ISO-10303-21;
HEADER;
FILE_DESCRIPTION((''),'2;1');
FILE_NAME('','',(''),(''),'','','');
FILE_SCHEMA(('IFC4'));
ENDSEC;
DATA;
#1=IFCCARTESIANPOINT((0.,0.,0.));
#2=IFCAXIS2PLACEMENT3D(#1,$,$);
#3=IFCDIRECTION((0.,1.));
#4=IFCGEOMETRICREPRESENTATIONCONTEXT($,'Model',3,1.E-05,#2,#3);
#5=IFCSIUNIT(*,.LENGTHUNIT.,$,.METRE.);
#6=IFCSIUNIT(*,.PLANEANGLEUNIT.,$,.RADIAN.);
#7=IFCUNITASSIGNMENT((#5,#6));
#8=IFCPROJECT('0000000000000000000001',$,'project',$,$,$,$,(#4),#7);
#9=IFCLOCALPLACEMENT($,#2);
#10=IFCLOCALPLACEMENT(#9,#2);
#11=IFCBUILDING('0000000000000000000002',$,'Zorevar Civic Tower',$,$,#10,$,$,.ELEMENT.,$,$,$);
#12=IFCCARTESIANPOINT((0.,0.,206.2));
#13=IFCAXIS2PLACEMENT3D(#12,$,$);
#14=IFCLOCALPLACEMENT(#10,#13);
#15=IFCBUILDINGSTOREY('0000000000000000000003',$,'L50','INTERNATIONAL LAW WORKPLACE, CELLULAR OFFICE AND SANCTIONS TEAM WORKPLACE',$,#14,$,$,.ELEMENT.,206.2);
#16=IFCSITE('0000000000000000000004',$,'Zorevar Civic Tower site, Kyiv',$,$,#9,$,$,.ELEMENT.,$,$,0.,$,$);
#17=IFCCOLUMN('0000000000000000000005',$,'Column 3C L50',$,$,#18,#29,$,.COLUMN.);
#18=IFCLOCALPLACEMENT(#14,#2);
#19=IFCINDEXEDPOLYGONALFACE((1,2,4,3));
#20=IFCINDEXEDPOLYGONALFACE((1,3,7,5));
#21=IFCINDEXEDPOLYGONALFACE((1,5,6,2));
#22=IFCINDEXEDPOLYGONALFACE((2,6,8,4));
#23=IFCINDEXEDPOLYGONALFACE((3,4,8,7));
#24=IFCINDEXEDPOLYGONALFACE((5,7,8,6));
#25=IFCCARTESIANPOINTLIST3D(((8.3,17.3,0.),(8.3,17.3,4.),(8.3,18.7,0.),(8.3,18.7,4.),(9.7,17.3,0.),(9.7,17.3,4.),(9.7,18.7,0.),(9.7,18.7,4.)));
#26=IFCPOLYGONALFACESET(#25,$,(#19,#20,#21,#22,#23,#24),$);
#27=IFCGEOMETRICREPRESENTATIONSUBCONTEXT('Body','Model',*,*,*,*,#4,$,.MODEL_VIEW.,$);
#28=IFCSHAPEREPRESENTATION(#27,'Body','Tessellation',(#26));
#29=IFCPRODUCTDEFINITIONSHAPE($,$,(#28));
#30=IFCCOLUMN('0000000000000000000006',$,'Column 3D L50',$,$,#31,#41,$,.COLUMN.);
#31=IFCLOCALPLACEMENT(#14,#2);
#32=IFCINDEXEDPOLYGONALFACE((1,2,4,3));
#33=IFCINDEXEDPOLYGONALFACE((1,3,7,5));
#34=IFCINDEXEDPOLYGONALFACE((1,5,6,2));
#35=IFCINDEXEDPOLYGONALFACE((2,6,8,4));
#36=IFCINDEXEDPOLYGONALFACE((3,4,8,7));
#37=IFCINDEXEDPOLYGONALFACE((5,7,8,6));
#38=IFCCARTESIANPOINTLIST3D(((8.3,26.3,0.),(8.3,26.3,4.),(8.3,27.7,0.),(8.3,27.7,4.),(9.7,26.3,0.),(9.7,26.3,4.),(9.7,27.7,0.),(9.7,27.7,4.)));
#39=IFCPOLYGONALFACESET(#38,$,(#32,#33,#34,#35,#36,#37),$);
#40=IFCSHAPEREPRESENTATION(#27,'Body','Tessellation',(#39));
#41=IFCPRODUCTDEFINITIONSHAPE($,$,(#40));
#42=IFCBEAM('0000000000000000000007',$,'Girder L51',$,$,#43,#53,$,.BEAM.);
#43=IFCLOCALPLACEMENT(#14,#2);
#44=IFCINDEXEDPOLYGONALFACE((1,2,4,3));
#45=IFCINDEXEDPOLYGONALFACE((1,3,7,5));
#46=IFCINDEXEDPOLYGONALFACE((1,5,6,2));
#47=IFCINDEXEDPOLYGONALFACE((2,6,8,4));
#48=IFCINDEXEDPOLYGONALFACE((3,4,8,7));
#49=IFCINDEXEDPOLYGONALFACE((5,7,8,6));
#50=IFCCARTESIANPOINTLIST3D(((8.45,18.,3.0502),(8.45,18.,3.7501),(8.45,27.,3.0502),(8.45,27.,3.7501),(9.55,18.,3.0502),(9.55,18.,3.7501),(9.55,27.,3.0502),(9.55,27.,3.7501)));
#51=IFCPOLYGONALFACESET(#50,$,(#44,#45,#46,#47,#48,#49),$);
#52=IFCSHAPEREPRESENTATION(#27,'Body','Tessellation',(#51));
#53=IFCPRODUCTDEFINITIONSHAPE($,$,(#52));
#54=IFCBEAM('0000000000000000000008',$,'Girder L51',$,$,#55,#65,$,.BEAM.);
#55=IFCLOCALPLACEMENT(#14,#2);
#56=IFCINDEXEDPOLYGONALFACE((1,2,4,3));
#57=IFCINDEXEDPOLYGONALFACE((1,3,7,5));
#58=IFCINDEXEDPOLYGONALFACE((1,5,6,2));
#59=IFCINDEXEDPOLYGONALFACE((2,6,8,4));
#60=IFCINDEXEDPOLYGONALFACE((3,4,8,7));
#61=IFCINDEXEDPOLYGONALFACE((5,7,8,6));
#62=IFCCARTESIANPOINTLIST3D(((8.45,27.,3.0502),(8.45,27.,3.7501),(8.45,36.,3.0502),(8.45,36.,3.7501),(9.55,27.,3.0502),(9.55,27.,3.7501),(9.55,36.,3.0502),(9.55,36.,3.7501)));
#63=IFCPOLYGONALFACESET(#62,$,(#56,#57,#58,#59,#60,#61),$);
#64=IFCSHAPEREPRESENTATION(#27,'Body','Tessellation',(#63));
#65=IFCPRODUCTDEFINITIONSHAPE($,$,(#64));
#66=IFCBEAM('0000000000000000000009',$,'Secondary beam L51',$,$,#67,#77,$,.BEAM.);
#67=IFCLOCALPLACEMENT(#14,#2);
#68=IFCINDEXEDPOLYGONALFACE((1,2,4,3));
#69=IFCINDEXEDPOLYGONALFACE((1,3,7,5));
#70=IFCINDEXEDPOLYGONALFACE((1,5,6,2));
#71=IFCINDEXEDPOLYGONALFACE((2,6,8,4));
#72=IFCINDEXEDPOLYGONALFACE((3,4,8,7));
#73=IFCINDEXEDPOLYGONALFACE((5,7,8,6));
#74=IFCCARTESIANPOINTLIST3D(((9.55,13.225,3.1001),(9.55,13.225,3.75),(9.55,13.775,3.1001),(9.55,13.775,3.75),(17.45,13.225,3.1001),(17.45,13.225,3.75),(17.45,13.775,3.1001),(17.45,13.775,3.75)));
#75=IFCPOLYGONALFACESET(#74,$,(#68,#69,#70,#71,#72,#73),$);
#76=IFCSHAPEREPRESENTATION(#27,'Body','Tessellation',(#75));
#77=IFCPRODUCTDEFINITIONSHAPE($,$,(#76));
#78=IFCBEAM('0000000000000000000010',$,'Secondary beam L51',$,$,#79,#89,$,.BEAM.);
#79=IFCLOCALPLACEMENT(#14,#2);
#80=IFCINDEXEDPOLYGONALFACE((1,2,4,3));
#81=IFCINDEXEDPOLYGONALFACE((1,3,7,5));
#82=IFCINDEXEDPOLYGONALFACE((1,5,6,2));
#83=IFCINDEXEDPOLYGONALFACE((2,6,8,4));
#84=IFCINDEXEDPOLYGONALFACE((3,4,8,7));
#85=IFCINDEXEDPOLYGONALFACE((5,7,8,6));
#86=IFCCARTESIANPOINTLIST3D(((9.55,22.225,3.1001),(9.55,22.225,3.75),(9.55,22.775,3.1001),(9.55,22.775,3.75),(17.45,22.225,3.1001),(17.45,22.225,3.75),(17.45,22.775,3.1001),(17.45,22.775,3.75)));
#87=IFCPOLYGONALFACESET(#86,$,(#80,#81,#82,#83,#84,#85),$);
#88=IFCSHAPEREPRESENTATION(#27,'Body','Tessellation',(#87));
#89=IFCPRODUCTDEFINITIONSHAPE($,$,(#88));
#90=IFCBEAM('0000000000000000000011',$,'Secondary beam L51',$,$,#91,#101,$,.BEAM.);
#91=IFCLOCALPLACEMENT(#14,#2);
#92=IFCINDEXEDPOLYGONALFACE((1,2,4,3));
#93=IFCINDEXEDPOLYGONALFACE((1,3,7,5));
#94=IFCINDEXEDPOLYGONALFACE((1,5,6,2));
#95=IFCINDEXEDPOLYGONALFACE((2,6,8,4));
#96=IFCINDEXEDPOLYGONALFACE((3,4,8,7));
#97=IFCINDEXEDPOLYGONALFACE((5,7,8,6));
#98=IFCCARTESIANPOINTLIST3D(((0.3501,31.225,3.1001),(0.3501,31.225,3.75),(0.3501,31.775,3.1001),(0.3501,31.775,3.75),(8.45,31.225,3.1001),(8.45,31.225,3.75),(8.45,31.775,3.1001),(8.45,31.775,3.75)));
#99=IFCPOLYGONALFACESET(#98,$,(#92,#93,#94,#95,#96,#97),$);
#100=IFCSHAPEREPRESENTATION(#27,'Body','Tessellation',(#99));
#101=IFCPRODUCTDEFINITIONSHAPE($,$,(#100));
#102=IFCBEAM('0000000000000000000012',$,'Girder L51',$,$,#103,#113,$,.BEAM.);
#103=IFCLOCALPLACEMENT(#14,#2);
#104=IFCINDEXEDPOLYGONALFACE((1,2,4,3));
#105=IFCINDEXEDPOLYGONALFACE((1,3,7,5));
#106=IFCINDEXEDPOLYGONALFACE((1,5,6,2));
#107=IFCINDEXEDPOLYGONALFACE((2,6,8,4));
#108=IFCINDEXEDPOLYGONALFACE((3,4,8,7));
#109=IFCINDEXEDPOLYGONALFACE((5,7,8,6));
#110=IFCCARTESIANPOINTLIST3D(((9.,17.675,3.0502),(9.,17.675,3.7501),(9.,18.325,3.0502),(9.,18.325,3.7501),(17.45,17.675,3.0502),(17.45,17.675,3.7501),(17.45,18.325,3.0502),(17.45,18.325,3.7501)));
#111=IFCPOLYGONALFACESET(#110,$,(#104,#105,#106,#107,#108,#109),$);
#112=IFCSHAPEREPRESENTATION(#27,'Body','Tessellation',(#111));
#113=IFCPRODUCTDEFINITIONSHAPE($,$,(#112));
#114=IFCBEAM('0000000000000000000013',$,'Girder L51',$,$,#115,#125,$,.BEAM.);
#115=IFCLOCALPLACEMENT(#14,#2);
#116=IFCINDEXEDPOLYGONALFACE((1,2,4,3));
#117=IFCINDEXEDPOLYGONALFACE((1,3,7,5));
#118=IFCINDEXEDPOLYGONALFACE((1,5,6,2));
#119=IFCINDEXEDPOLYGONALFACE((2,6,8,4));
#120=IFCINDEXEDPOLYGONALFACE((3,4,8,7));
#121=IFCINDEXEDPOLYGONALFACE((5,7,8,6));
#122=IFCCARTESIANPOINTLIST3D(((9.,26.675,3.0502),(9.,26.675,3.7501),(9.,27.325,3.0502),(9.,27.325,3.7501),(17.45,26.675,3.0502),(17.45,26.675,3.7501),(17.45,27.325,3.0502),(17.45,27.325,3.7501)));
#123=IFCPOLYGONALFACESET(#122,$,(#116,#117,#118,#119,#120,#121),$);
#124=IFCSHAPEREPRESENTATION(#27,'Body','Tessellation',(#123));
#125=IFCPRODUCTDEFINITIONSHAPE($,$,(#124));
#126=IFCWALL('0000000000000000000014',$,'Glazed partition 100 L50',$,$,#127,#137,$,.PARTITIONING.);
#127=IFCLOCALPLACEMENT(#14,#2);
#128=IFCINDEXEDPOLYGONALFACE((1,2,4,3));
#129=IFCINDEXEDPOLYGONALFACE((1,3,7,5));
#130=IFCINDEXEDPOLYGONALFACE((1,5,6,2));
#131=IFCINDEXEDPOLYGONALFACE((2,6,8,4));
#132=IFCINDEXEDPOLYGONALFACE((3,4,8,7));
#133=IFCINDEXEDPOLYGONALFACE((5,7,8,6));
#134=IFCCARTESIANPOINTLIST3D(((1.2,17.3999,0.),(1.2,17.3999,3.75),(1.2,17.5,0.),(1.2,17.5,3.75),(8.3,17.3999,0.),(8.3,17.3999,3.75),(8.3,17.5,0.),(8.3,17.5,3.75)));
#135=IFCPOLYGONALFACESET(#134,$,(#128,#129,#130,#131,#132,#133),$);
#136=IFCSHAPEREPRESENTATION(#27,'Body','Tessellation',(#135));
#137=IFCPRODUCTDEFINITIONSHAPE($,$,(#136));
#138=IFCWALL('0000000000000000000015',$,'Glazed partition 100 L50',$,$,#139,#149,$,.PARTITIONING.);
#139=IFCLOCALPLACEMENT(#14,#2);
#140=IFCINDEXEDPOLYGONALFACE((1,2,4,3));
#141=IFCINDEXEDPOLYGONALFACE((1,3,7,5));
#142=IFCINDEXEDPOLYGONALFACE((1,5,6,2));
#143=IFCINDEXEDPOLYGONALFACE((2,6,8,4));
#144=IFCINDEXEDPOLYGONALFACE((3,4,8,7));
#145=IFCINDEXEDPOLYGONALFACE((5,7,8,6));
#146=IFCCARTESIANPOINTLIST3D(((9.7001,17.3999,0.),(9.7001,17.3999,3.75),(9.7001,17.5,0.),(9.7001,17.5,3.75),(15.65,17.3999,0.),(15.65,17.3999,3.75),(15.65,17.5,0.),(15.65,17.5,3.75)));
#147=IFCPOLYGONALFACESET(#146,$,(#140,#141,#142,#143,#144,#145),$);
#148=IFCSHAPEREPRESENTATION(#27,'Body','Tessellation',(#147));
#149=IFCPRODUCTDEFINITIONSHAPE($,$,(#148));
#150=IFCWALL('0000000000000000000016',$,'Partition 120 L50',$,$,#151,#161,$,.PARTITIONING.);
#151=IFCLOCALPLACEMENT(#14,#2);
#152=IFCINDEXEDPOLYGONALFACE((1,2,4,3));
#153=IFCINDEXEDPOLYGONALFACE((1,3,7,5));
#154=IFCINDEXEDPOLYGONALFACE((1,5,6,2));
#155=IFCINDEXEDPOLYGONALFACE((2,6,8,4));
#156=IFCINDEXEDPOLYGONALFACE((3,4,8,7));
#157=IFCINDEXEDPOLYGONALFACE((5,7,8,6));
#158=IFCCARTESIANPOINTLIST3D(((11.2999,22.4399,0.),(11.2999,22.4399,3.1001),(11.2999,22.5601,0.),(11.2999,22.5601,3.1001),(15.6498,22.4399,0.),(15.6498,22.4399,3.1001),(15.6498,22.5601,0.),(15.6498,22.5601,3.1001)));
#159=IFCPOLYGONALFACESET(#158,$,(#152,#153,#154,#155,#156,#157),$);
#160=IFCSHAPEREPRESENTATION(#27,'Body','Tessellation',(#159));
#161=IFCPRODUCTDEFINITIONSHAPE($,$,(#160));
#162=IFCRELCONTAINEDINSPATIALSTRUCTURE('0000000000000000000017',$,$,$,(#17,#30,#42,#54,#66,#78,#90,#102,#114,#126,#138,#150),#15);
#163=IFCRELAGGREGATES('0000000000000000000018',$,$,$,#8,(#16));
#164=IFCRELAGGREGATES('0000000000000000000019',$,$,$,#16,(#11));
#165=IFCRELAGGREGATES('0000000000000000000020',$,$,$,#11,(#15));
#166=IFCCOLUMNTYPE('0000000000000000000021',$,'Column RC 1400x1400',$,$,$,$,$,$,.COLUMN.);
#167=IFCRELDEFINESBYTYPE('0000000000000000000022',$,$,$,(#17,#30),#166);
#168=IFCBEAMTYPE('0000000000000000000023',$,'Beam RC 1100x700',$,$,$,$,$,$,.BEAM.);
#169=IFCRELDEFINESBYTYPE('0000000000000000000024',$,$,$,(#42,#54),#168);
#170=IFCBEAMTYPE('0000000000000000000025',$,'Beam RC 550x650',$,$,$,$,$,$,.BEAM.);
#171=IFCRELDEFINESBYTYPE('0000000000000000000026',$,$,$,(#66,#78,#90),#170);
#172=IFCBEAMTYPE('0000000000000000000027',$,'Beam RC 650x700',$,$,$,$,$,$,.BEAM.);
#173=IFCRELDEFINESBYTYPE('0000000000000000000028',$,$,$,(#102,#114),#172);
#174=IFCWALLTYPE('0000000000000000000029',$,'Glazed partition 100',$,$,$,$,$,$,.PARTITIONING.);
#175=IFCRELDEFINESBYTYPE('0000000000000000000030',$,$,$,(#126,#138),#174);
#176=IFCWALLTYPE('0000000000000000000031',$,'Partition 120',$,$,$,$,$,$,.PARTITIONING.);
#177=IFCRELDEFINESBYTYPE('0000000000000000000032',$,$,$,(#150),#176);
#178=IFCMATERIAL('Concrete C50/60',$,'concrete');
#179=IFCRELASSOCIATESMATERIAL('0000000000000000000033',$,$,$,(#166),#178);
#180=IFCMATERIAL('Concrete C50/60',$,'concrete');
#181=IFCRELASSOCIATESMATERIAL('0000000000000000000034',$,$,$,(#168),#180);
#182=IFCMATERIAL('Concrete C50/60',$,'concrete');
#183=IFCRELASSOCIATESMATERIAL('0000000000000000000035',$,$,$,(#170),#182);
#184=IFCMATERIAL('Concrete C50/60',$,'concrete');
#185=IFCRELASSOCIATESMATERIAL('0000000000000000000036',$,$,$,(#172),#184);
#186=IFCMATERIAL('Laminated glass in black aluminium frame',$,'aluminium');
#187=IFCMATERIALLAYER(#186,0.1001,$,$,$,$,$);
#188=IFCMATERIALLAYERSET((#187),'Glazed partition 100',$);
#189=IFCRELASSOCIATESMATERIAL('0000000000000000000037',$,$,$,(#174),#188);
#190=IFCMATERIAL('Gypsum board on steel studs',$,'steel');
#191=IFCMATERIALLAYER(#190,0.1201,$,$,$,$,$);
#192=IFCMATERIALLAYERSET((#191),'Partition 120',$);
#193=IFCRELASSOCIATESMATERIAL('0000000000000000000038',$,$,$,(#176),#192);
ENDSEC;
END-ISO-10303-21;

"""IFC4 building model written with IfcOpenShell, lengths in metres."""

from ifc_helpers import new_model, si_unit, direction, frame, frame_2d, origin, origin_2d, place, context, subcontext, project, spatial, rectangle, extrude, material, layer, layer_set, material_profile, profile_set, type_object, element, save


model = new_model("IFC4")

# Units and contexts
model_context = context("Model", 3, precision=1e-05, world=origin(), true_north=direction((0.0, 1.0)))
body_context = subcontext(model_context, "Body", "Model", "MODEL_VIEW")
ifc_project = project(units=[si_unit("LENGTHUNIT", "METRE"), si_unit("PLANEANGLEUNIT", "RADIAN")], contexts=[model_context])

# Site, building, storey
site_placement = place(None, origin())
site = spatial("IfcSite", under=ifc_project, at=site_placement, Name="Zorevar Civic Tower site, Kyiv", CompositionType="ELEMENT", RefElevation=0.0)
building_placement = place(site_placement, origin())
building = spatial("IfcBuilding", under=site, at=building_placement, Name="Zorevar Civic Tower", CompositionType="ELEMENT")
storey_placement = place(building_placement, frame((0.0, 0.0, 206.2)))
storey = spatial("IfcBuildingStorey", under=building, at=storey_placement, Name="L50", Description="INTERNATIONAL LAW WORKPLACE, CELLULAR OFFICE AND SANCTIONS TEAM WORKPLACE", CompositionType="ELEMENT", Elevation=206.2)

# Columns
ifc_material_1 = material(Name="Concrete C50/60", Category="concrete")
ifc_material_profile_1 = material_profile(ifc_material_1, rectangle(XDim=1.3999, YDim=1.3999, at=origin_2d()), Name="RC 1400x1400")
ifc_profile_set_1 = profile_set([ifc_material_profile_1], Name="Concrete C50/60")
column_type = type_object("IfcColumnType", Name="Column RC 1400x1400", PredefinedType="COLUMN", material=ifc_profile_set_1)
for number, where, z_axis, x_axis, name in (
    (1, (9.0, 18.0, 0.0), (0.0, 0.0, 1.0), (1.0, 0.0, 0.0), "Column 3C L50"),
    (2, (9.0, 27.0, 0.0), (0.0, 0.0, 1.0), (1.0, 0.0, 0.0), "Column 3D L50"),
):
    element("IfcColumn", number, at=place(storey_placement, frame(where, z_axis=z_axis, x_axis=x_axis)), inside=storey, type_object=column_type, Name=name, PredefinedType="COLUMN", context=body_context, shape_type="SweptSolid", body=[
        extrude(rectangle(XDim=1.3999, YDim=1.3999, at=origin_2d()), origin(), (0.0, 0.0, 1.0), 4.0),
    ])

# Beams
ifc_material_2 = material(Name="Concrete C50/60", Category="concrete")
ifc_material_profile_2 = material_profile(ifc_material_2, rectangle(XDim=1.1001, YDim=0.7, at=origin_2d()), Name="RC 1100x700")
ifc_profile_set_2 = profile_set([ifc_material_profile_2], Name="Concrete C50/60")
beam_type_1 = type_object("IfcBeamType", Name="Beam RC 1100x700", PredefinedType="BEAM", material=ifc_profile_set_2)
for number, where, z_axis, x_axis, name in (
    (3, (9.0, 18.0, 3.4001), (0.0, 1.0, 0.0), (-1.0, 0.0, 0.0), "Girder L51"),
    (4, (9.0, 27.0, 3.4001), (0.0, 1.0, 0.0), (-1.0, 0.0, 0.0), "Girder L51"),
):
    element("IfcBeam", number, at=place(storey_placement, frame(where, z_axis=z_axis, x_axis=x_axis)), inside=storey, type_object=beam_type_1, Name=name, PredefinedType="BEAM", context=body_context, shape_type="SweptSolid", body=[
        extrude(rectangle(XDim=1.1001, YDim=0.7, at=origin_2d()), origin(), (0.0, 0.0, 1.0), 9.0),
    ])
ifc_material_3 = material(Name="Concrete C50/60", Category="concrete")
ifc_material_profile_3 = material_profile(ifc_material_3, rectangle(XDim=0.55, YDim=0.6499, at=origin_2d()), Name="RC 550x650")
ifc_profile_set_3 = profile_set([ifc_material_profile_3], Name="Concrete C50/60")
beam_type_2 = type_object("IfcBeamType", Name="Beam RC 550x650", PredefinedType="BEAM", material=ifc_profile_set_3)
for number, where, z_axis, x_axis, name in (
    (5, (9.55, 13.5, 3.425), (1.0, 0.0, 0.0), (0.0, 1.0, 0.0), "Secondary beam L51"),
    (6, (9.55, 22.5, 3.425), (1.0, 0.0, 0.0), (0.0, 1.0, 0.0), "Secondary beam L51"),
):
    element("IfcBeam", number, at=place(storey_placement, frame(where, z_axis=z_axis, x_axis=x_axis)), inside=storey, type_object=beam_type_2, Name=name, PredefinedType="BEAM", context=body_context, shape_type="SweptSolid", body=[
        extrude(rectangle(XDim=0.55, YDim=0.6499, at=origin_2d()), origin(), (0.0, 0.0, 1.0), 7.8999),
    ])
beam_placement = place(storey_placement, frame((0.3501, 31.5, 3.425), z_axis=(1.0, 0.0, 0.0), x_axis=(0.0, 1.0, 0.0)))
element("IfcBeam", 7, at=beam_placement, inside=storey, type_object=beam_type_2, Name="Secondary beam L51", PredefinedType="BEAM", context=body_context, shape_type="SweptSolid", body=[
    extrude(rectangle(XDim=0.55, YDim=0.6499, at=origin_2d()), origin(), (0.0, 0.0, 1.0), 8.0999),
])
ifc_material_4 = material(Name="Concrete C50/60", Category="concrete")
ifc_material_profile_4 = material_profile(ifc_material_4, rectangle(XDim=0.6499, YDim=0.7, at=origin_2d()), Name="RC 650x700")
ifc_profile_set_4 = profile_set([ifc_material_profile_4], Name="Concrete C50/60")
beam_type_3 = type_object("IfcBeamType", Name="Beam RC 650x700", PredefinedType="BEAM", material=ifc_profile_set_4)
for number, where, z_axis, x_axis, name in (
    (8, (9.0, 18.0, 3.4001), (1.0, 0.0, 0.0), (0.0, 1.0, 0.0), "Girder L51"),
    (9, (9.0, 27.0, 3.4001), (1.0, 0.0, 0.0), (0.0, 1.0, 0.0), "Girder L51"),
):
    element("IfcBeam", number, at=place(storey_placement, frame(where, z_axis=z_axis, x_axis=x_axis)), inside=storey, type_object=beam_type_3, Name=name, PredefinedType="BEAM", context=body_context, shape_type="SweptSolid", body=[
        extrude(rectangle(XDim=0.6499, YDim=0.7, at=origin_2d()), origin(), (0.0, 0.0, 1.0), 8.45),
    ])

# Walls
ifc_material_5 = material(Name="Laminated glass in black aluminium frame", Category="aluminium")
ifc_layer_1 = layer(ifc_material_5, 0.1001)
ifc_layer_set_1 = layer_set([ifc_layer_1], Name="Glazed partition 100")
wall_type_1 = type_object("IfcWallType", Name="Glazed partition 100", PredefinedType="PARTITIONING", material=ifc_layer_set_1)
wall_1_placement = place(storey_placement, frame((1.2, 17.45, 0.0), z_axis=(0.0, 0.0, 1.0), x_axis=(1.0, 0.0, 0.0)))
element("IfcWall", 10, at=wall_1_placement, inside=storey, type_object=wall_type_1, Name="Glazed partition 100 L50", PredefinedType="PARTITIONING", context=body_context, shape_type="SweptSolid", body=[
    extrude(rectangle(XDim=7.1001, YDim=0.1001, at=frame_2d((3.55, 0.0))), origin(), (0.0, 0.0, 1.0), 3.75),
])
wall_2_placement = place(storey_placement, frame((9.7, 17.45, 0.0), z_axis=(0.0, 0.0, 1.0), x_axis=(1.0, 0.0, 0.0)))
element("IfcWall", 11, at=wall_2_placement, inside=storey, type_object=wall_type_1, Name="Glazed partition 100 L50", PredefinedType="PARTITIONING", context=body_context, shape_type="SweptSolid", body=[
    extrude(rectangle(XDim=5.95, YDim=0.1001, at=frame_2d((2.9751, 0.0))), origin(), (0.0, 0.0, 1.0), 3.75),
])
ifc_material_6 = material(Name="Gypsum board on steel studs", Category="steel")
ifc_layer_2 = layer(ifc_material_6, 0.1201)
ifc_layer_set_2 = layer_set([ifc_layer_2], Name="Partition 120")
wall_type_2 = type_object("IfcWallType", Name="Partition 120", PredefinedType="PARTITIONING", material=ifc_layer_set_2)
wall_3_placement = place(storey_placement, frame((11.3, 22.5, 0.0), z_axis=(0.0, 0.0, 1.0), x_axis=(1.0, 0.0, 0.0)))
element("IfcWall", 12, at=wall_3_placement, inside=storey, type_object=wall_type_2, Name="Partition 120 L50", PredefinedType="PARTITIONING", context=body_context, shape_type="SweptSolid", body=[
    extrude(rectangle(XDim=4.3499, YDim=0.1201, at=frame_2d((2.1748, 0.0))), origin(), (0.0, 0.0, 1.0), 3.1001),
])

save(model, "model.ifc")
